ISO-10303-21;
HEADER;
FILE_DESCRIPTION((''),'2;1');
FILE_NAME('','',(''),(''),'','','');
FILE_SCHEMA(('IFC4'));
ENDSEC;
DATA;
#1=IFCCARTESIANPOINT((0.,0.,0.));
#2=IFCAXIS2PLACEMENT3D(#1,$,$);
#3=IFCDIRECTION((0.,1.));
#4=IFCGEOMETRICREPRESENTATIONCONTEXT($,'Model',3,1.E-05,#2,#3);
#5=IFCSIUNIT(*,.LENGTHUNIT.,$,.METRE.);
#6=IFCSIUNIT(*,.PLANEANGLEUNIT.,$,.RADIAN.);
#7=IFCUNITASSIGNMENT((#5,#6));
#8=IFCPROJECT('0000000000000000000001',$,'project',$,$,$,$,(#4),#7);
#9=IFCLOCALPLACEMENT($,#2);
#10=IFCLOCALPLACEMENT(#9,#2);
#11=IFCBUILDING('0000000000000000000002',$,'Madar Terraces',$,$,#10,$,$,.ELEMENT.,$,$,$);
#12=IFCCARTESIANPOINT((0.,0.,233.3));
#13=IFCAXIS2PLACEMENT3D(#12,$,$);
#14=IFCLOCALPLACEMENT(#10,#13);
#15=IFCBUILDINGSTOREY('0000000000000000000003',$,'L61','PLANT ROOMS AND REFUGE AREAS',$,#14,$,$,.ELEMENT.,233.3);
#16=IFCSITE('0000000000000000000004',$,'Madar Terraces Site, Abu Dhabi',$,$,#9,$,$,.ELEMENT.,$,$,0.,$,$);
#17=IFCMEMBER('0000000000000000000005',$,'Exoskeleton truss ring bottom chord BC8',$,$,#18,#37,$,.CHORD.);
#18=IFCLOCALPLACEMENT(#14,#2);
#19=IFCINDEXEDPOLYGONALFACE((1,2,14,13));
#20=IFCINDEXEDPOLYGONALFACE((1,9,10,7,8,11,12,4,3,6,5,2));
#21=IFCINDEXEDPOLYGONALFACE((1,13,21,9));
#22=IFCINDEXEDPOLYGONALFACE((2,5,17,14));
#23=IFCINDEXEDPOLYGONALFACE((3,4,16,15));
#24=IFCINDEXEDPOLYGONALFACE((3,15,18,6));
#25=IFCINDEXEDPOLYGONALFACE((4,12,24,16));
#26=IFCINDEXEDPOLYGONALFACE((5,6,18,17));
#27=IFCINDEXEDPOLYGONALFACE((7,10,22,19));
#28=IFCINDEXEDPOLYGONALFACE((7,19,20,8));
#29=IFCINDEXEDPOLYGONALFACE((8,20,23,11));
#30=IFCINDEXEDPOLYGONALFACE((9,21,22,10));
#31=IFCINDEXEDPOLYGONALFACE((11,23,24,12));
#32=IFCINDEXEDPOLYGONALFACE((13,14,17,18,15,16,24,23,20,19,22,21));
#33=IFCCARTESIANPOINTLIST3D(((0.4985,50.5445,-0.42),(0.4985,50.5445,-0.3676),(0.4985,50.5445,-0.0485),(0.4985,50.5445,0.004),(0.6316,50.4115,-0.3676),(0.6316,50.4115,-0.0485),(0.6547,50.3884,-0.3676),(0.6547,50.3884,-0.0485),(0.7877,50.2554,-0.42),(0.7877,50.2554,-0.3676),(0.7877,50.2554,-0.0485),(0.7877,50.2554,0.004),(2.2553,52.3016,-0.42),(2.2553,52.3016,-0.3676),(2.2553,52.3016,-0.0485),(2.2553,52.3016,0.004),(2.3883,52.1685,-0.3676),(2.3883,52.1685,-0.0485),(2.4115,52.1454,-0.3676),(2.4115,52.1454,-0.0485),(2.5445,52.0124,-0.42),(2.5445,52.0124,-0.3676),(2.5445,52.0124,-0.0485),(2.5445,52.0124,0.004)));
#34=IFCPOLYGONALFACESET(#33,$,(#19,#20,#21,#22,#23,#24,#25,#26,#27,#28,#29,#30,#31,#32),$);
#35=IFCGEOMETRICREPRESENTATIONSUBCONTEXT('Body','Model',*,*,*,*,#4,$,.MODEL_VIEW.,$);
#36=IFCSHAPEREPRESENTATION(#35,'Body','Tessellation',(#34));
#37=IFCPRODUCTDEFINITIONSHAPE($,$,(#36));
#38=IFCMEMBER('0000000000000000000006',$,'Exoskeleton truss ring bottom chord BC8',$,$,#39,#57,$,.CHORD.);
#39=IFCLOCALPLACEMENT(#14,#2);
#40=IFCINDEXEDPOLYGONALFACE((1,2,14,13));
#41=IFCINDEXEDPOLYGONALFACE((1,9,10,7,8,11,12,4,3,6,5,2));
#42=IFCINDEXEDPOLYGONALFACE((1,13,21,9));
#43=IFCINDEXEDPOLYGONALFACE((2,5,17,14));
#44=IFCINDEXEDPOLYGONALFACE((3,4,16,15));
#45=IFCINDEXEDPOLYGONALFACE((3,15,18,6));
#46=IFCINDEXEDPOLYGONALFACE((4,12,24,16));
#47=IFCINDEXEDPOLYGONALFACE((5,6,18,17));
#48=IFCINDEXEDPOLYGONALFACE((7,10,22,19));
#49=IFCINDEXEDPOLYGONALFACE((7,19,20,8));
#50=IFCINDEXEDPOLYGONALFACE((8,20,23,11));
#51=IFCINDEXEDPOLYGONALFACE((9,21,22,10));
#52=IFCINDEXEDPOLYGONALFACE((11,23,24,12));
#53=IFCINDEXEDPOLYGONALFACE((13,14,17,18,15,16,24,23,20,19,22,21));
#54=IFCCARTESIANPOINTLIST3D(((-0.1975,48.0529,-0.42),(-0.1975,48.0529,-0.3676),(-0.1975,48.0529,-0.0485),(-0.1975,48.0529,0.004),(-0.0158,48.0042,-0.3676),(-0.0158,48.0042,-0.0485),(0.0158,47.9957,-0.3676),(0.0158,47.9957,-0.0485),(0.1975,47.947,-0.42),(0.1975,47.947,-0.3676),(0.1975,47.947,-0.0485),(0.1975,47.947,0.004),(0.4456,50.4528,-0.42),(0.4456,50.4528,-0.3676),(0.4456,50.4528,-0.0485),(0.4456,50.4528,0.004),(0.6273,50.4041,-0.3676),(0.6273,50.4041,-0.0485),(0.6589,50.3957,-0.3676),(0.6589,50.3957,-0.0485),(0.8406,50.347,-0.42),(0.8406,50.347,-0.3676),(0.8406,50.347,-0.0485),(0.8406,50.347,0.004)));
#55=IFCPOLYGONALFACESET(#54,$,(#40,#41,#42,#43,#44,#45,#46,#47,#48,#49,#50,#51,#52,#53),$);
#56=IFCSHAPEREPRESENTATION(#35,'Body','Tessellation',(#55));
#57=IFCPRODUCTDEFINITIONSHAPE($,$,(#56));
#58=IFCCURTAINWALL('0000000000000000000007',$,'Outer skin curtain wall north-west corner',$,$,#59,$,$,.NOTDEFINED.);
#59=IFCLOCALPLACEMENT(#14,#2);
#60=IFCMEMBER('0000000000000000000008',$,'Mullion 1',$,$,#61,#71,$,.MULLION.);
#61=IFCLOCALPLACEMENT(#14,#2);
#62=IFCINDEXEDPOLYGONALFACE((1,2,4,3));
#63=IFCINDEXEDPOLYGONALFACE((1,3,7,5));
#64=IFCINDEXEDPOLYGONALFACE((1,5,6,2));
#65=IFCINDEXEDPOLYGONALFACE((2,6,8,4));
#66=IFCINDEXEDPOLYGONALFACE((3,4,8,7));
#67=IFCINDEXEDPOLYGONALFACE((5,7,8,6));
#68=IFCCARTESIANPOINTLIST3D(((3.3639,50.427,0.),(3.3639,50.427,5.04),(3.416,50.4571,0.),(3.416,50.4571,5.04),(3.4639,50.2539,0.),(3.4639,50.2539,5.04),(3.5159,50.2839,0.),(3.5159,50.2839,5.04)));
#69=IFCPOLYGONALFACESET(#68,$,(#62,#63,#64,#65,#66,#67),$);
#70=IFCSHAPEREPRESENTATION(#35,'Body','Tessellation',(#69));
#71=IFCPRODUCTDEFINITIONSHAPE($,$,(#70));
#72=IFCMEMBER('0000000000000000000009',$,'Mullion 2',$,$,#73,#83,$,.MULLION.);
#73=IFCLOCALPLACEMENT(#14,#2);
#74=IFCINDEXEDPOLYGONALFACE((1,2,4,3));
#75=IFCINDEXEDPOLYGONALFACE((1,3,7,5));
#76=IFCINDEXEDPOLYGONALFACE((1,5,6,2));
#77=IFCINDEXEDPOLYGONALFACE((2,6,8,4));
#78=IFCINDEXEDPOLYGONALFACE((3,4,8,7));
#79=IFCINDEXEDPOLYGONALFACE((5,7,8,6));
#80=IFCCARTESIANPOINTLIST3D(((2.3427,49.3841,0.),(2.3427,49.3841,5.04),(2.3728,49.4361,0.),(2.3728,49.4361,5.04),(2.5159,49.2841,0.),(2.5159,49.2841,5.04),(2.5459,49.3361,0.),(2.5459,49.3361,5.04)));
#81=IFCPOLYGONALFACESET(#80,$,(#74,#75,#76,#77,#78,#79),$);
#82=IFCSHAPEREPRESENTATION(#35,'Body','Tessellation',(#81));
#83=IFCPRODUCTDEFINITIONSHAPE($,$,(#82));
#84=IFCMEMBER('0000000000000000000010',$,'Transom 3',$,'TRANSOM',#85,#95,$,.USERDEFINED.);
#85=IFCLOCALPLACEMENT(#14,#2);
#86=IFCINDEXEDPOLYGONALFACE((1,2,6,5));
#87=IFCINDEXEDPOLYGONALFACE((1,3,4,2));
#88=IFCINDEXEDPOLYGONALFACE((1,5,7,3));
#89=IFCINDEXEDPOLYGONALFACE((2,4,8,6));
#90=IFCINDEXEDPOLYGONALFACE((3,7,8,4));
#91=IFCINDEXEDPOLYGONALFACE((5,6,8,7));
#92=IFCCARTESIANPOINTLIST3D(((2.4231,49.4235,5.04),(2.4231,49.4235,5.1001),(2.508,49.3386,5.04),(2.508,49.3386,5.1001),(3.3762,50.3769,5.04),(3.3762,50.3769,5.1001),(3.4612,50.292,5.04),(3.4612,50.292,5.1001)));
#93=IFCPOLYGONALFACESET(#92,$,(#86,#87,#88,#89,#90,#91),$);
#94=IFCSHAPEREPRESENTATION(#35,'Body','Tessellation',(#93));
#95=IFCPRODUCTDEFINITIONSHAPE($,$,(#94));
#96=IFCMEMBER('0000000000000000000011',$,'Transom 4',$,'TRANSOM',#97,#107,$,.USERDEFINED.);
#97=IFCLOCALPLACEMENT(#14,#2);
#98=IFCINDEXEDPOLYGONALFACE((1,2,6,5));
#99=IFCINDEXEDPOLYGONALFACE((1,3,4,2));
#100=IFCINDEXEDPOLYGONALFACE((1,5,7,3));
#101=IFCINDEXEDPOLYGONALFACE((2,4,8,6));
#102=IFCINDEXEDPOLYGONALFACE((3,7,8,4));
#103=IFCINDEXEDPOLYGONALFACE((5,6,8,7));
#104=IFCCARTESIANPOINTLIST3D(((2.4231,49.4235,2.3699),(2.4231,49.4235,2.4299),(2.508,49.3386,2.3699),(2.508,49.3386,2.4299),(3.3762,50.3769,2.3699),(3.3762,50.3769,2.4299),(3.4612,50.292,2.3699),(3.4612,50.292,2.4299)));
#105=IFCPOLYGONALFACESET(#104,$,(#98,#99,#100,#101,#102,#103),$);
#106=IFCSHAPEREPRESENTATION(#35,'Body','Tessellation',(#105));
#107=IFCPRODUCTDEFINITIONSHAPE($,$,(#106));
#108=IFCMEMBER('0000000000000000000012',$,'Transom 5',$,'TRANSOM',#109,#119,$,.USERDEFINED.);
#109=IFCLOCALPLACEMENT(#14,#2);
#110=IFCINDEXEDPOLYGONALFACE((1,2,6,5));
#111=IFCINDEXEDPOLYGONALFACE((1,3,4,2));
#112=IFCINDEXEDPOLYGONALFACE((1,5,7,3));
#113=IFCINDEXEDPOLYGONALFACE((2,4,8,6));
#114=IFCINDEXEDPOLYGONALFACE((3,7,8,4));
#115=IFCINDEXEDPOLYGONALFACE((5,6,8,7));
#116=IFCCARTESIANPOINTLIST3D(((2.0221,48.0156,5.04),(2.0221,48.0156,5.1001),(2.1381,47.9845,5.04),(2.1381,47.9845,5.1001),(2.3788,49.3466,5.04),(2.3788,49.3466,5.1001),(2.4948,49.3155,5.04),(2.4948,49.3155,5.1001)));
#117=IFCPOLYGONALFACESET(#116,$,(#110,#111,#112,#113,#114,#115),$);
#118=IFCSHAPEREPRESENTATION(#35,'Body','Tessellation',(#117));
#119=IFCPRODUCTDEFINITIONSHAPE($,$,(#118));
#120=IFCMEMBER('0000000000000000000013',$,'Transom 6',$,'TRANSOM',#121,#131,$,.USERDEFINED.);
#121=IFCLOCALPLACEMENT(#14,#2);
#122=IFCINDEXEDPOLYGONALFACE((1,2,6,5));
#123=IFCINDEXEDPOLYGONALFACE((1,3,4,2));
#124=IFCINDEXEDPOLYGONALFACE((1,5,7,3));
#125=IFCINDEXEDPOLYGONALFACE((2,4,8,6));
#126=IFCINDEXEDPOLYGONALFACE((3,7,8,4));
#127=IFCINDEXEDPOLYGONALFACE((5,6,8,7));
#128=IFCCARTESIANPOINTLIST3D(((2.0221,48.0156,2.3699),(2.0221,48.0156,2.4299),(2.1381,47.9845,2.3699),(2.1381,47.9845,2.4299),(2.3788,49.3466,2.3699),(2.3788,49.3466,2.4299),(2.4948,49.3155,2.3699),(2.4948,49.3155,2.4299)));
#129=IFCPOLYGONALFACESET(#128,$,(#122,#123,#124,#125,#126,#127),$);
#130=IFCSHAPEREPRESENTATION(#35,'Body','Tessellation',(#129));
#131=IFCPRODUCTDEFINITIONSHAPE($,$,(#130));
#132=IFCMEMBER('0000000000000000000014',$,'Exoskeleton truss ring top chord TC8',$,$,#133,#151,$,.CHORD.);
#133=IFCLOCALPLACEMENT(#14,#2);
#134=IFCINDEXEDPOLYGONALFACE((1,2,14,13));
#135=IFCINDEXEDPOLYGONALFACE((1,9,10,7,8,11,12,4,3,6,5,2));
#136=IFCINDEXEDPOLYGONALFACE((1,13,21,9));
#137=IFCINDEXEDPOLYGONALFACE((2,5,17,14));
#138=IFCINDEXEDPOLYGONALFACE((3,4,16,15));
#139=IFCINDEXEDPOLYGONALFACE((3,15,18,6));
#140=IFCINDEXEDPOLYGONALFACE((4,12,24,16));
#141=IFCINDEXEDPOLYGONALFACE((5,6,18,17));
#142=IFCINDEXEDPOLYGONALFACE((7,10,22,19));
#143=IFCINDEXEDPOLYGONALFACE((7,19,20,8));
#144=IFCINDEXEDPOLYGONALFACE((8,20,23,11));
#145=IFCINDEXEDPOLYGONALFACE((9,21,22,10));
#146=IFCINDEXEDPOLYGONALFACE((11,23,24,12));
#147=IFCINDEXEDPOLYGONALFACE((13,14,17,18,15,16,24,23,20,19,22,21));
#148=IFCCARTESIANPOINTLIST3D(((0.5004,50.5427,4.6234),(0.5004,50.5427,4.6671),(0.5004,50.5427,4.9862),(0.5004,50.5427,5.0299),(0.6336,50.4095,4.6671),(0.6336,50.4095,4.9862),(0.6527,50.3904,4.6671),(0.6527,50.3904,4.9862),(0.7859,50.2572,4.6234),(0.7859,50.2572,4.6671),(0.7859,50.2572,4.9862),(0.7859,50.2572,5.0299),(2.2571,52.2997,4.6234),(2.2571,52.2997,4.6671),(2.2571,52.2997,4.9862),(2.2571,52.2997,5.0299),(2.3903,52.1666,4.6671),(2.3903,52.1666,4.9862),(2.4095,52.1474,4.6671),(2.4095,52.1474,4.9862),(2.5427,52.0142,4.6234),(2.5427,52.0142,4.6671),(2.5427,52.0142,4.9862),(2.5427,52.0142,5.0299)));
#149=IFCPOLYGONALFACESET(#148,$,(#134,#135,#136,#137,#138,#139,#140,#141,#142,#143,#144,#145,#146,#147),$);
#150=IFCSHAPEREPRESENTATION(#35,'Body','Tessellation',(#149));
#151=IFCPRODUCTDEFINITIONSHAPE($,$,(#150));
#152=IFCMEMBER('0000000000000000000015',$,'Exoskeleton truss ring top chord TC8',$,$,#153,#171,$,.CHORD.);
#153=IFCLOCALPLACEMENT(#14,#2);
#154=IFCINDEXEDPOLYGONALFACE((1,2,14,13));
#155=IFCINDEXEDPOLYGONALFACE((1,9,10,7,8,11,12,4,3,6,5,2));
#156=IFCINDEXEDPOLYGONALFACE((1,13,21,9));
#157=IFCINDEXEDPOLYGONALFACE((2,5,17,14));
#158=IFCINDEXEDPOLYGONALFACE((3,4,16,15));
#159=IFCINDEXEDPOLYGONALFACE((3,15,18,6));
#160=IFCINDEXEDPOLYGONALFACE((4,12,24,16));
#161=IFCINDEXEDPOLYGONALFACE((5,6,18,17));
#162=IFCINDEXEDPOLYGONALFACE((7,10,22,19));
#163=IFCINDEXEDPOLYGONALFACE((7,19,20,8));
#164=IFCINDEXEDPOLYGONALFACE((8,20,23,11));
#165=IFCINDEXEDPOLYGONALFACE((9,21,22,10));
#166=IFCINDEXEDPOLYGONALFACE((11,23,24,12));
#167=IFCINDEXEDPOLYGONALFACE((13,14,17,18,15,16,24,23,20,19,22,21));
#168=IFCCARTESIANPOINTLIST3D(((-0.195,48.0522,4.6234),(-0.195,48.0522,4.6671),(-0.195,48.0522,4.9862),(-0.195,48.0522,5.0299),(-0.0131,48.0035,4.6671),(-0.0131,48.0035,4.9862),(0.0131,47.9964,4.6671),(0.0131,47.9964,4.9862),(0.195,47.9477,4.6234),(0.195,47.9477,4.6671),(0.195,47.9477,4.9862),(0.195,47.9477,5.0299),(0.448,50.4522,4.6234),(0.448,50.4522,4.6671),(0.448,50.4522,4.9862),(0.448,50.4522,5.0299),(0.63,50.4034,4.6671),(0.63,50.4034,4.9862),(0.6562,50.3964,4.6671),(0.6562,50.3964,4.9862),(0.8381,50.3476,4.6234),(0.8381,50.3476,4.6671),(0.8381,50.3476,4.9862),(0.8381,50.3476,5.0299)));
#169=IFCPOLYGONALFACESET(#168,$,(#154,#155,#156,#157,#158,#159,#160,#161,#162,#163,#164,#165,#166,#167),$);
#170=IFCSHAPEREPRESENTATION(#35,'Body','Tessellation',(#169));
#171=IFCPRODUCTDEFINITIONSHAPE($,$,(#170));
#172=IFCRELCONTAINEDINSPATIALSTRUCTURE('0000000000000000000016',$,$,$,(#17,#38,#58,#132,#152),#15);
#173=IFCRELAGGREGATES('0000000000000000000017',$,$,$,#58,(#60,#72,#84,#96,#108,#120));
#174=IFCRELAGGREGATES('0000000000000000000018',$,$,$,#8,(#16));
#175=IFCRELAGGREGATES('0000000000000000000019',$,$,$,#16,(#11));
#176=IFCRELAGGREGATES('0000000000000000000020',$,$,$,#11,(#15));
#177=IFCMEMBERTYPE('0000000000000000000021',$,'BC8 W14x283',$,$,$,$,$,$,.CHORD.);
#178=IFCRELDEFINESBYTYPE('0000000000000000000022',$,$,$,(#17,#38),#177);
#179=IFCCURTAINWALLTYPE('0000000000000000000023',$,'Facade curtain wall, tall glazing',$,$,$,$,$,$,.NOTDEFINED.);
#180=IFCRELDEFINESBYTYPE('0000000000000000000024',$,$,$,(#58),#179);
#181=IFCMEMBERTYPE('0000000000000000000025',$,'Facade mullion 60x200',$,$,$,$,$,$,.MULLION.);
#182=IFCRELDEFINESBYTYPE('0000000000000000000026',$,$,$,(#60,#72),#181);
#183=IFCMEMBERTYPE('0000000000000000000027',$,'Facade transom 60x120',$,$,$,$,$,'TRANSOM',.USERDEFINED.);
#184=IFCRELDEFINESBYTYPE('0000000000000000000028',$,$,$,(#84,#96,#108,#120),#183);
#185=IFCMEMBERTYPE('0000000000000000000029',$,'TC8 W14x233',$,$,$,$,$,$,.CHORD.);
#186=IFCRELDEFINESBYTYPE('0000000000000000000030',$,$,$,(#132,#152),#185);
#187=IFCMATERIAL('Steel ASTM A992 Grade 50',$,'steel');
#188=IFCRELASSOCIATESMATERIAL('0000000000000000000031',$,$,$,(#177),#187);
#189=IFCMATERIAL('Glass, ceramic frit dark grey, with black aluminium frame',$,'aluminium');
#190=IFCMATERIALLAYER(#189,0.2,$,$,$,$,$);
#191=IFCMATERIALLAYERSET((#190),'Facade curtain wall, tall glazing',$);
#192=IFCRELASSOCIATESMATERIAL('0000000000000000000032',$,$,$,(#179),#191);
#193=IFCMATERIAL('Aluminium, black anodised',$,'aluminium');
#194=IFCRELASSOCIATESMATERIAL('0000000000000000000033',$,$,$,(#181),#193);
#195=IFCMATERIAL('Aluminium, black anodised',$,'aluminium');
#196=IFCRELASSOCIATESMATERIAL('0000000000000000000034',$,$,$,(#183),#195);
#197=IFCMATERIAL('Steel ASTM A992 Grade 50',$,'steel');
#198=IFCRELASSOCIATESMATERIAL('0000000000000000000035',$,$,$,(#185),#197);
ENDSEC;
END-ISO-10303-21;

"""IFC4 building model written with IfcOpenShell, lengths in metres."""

from ifc_helpers import new_model, si_unit, direction, frame, origin, origin_2d, place, context, subcontext, project, spatial, rectangle, i_section, extrude, material, layer, layer_set, material_profile, profile_set, type_object, element, aggregate, save


model = new_model("IFC4")

# Units and contexts
model_context = context("Model", 3, precision=1e-05, world=origin(), true_north=direction((0.0, 1.0)))
body_context = subcontext(model_context, "Body", "Model", "MODEL_VIEW")
ifc_project = project(units=[si_unit("LENGTHUNIT", "METRE"), si_unit("PLANEANGLEUNIT", "RADIAN")], contexts=[model_context])

# Site, building, storey
site_placement = place(None, origin())
site = spatial("IfcSite", under=ifc_project, at=site_placement, Name="Madar Terraces Site, Abu Dhabi", CompositionType="ELEMENT", RefElevation=0.0)
building_placement = place(site_placement, origin())
building = spatial("IfcBuilding", under=site, at=building_placement, Name="Madar Terraces", CompositionType="ELEMENT")
storey_placement = place(building_placement, frame((0.0, 0.0, 233.3)))
storey = spatial("IfcBuildingStorey", under=building, at=storey_placement, Name="L61", Description="PLANT ROOMS AND REFUGE AREAS", CompositionType="ELEMENT", Elevation=233.3)

# Members
ifc_material_1 = material(Name="Steel ASTM A992 Grade 50", Category="steel")
ifc_material_profile_1 = material_profile(ifc_material_1, i_section(OverallWidth=0.4089, OverallDepth=0.4241, WebThickness=0.0327, FlangeThickness=0.0525, at=origin_2d()), Name="W14x283")
ifc_profile_set_1 = profile_set([ifc_material_profile_1], Name="Steel ASTM A992 Grade 50")
member_type_1 = type_object("IfcMemberType", Name="BC8 W14x283", PredefinedType="CHORD", material=ifc_profile_set_1)
for number, where, z_axis, x_axis, name in (
    (1, (2.3999, 52.157, -0.208), (-0.707058, -0.707156, 0.0), (0.707156, -0.707058, 0.0), "Exoskeleton truss ring bottom chord BC8"),
    (2, (0.6431, 50.3999, -0.208), (-0.258824, -0.965924, 0.0), (0.965924, -0.258824, 0.0), "Exoskeleton truss ring bottom chord BC8"),
):
    element("IfcMember", number, at=place(storey_placement, frame(where, z_axis=z_axis, x_axis=x_axis)), inside=storey, type_object=member_type_1, Name=name, PredefinedType="CHORD", context=body_context, shape_type="SweptSolid", body=[
        extrude(i_section(OverallWidth=0.4089, OverallDepth=0.4241, WebThickness=0.0327, FlangeThickness=0.0525, at=origin_2d()), origin(), (0.0, 0.0, 1.0), 2.4846),
    ])

# Curtain wall, members
ifc_material_2 = material(Name="Glass, ceramic frit dark grey, with black aluminium frame", Category="aluminium")
ifc_layer_1 = layer(ifc_material_2, 0.2)
ifc_layer_set_1 = layer_set([ifc_layer_1], Name="Facade curtain wall, tall glazing")
curtain_wall_type = type_object("IfcCurtainWallType", Name="Facade curtain wall, tall glazing", PredefinedType="NOTDEFINED", material=ifc_layer_set_1)
curtain_wall_placement = place(storey_placement, origin())
curtain_wall = element("IfcCurtainWall", 3, at=curtain_wall_placement, inside=storey, type_object=curtain_wall_type, Name="Outer skin curtain wall north-west corner", PredefinedType="NOTDEFINED")
ifc_material_3 = material(Name="Aluminium, black anodised", Category="aluminium")
ifc_material_profile_2 = material_profile(ifc_material_3, rectangle(XDim=0.2, YDim=0.0601, at=origin_2d()), Name="Facade mullion 60x200")
ifc_profile_set_2 = profile_set([ifc_material_profile_2], Name="Aluminium, black anodised")
member_type_2 = type_object("IfcMemberType", Name="Facade mullion 60x200", PredefinedType="MULLION", material=ifc_profile_set_2)
member_1_placement = place(storey_placement, frame((3.4399, 50.3555, 0.0), z_axis=(0.0, 0.0, 1.0), x_axis=(0.5, -0.866025, 0.0)))
member_1 = element("IfcMember", 4, at=member_1_placement, type_object=member_type_2, Name="Mullion 1", PredefinedType="MULLION", context=body_context, shape_type="SweptSolid", body=[
    extrude(rectangle(XDim=0.2, YDim=0.0601, at=origin_2d()), origin(), (0.0, 0.0, 1.0), 5.04),
])
member_2_placement = place(storey_placement, frame((2.4443, 49.3601, 0.0), z_axis=(0.0, 0.0, 1.0), x_axis=(0.866025, -0.5, 0.0)))
member_2 = element("IfcMember", 5, at=member_2_placement, type_object=member_type_2, Name="Mullion 2", PredefinedType="MULLION", context=body_context, shape_type="SweptSolid", body=[
    extrude(rectangle(XDim=0.2, YDim=0.0601, at=origin_2d()), origin(), (0.0, 0.0, 1.0), 5.04),
])
ifc_material_4 = material(Name="Aluminium, black anodised", Category="aluminium")
ifc_material_profile_3 = material_profile(ifc_material_4, rectangle(XDim=0.1201, YDim=0.0601, at=origin_2d()), Name="Facade transom 60x120")
ifc_profile_set_3 = profile_set([ifc_material_profile_3], Name="Aluminium, black anodised")
member_type_3 = type_object("IfcMemberType", Name="Facade transom 60x120", ElementType="TRANSOM", PredefinedType="USERDEFINED", material=ifc_profile_set_3)
member_3_placement = place(storey_placement, frame((3.4187, 50.3345, 5.0701), z_axis=(-0.707016, -0.707197, 0.0), x_axis=(0.707197, -0.707016, 0.0)))
member_3 = element("IfcMember", 6, at=member_3_placement, type_object=member_type_3, Name="Transom 3", ObjectType="TRANSOM", PredefinedType="USERDEFINED", context=body_context, shape_type="SweptSolid", body=[
    extrude(rectangle(XDim=0.1201, YDim=0.0601, at=origin_2d()), origin(), (0.0, 0.0, 1.0), 1.3481),
])
member_4_placement = place(storey_placement, frame((3.4187, 50.3345, 2.3999), z_axis=(-0.707016, -0.707197, 0.0), x_axis=(0.707197, -0.707016, 0.0)))
member_4 = element("IfcMember", 7, at=member_4_placement, type_object=member_type_3, Name="Transom 4", ObjectType="TRANSOM", PredefinedType="USERDEFINED", context=body_context, shape_type="SweptSolid", body=[
    extrude(rectangle(XDim=0.1201, YDim=0.0601, at=origin_2d()), origin(), (0.0, 0.0, 1.0), 1.3481),
])
member_5_placement = place(storey_placement, frame((2.4368, 49.3311, 5.0701), z_axis=(-0.258842, -0.96592, 0.0), x_axis=(0.96592, -0.258842, 0.0)))
member_5 = element("IfcMember", 8, at=member_5_placement, type_object=member_type_3, Name="Transom 5", ObjectType="TRANSOM", PredefinedType="USERDEFINED", context=body_context, shape_type="SweptSolid", body=[
    extrude(rectangle(XDim=0.1201, YDim=0.0601, at=origin_2d()), origin(), (0.0, 0.0, 1.0), 1.3779),
])
member_6_placement = place(storey_placement, frame((2.4368, 49.3311, 2.3999), z_axis=(-0.258842, -0.96592, 0.0), x_axis=(0.96592, -0.258842, 0.0)))
member_6 = element("IfcMember", 9, at=member_6_placement, type_object=member_type_3, Name="Transom 6", ObjectType="TRANSOM", PredefinedType="USERDEFINED", context=body_context, shape_type="SweptSolid", body=[
    extrude(rectangle(XDim=0.1201, YDim=0.0601, at=origin_2d()), origin(), (0.0, 0.0, 1.0), 1.3779),
])

# Members
ifc_material_5 = material(Name="Steel ASTM A992 Grade 50", Category="steel")
ifc_material_profile_4 = material_profile(ifc_material_5, i_section(OverallWidth=0.4038, OverallDepth=0.4065, WebThickness=0.0271, FlangeThickness=0.0437, at=origin_2d()), Name="W14x233")
ifc_profile_set_4 = profile_set([ifc_material_profile_4], Name="Steel ASTM A992 Grade 50")
member_type_4 = type_object("IfcMemberType", Name="TC8 W14x233", PredefinedType="CHORD", material=ifc_profile_set_4)
for number, where, z_axis, x_axis, name in (
    (10, (2.3999, 52.157, 4.8267), (-0.707058, -0.707156, 0.0), (0.707156, -0.707058, 0.0), "Exoskeleton truss ring top chord TC8"),
    (11, (0.6431, 50.3999, 4.8267), (-0.258824, -0.965924, 0.0), (0.965924, -0.258824, 0.0), "Exoskeleton truss ring top chord TC8"),
):
    element("IfcMember", number, at=place(storey_placement, frame(where, z_axis=z_axis, x_axis=x_axis)), inside=storey, type_object=member_type_4, Name=name, PredefinedType="CHORD", context=body_context, shape_type="SweptSolid", body=[
        extrude(i_section(OverallWidth=0.4038, OverallDepth=0.4065, WebThickness=0.0271, FlangeThickness=0.0437, at=origin_2d()), origin(), (0.0, 0.0, 1.0), 2.4846),
    ])

aggregate(curtain_wall, [member_1, member_2, member_3, member_4, member_5, member_6])

save(model, "model.ifc")
